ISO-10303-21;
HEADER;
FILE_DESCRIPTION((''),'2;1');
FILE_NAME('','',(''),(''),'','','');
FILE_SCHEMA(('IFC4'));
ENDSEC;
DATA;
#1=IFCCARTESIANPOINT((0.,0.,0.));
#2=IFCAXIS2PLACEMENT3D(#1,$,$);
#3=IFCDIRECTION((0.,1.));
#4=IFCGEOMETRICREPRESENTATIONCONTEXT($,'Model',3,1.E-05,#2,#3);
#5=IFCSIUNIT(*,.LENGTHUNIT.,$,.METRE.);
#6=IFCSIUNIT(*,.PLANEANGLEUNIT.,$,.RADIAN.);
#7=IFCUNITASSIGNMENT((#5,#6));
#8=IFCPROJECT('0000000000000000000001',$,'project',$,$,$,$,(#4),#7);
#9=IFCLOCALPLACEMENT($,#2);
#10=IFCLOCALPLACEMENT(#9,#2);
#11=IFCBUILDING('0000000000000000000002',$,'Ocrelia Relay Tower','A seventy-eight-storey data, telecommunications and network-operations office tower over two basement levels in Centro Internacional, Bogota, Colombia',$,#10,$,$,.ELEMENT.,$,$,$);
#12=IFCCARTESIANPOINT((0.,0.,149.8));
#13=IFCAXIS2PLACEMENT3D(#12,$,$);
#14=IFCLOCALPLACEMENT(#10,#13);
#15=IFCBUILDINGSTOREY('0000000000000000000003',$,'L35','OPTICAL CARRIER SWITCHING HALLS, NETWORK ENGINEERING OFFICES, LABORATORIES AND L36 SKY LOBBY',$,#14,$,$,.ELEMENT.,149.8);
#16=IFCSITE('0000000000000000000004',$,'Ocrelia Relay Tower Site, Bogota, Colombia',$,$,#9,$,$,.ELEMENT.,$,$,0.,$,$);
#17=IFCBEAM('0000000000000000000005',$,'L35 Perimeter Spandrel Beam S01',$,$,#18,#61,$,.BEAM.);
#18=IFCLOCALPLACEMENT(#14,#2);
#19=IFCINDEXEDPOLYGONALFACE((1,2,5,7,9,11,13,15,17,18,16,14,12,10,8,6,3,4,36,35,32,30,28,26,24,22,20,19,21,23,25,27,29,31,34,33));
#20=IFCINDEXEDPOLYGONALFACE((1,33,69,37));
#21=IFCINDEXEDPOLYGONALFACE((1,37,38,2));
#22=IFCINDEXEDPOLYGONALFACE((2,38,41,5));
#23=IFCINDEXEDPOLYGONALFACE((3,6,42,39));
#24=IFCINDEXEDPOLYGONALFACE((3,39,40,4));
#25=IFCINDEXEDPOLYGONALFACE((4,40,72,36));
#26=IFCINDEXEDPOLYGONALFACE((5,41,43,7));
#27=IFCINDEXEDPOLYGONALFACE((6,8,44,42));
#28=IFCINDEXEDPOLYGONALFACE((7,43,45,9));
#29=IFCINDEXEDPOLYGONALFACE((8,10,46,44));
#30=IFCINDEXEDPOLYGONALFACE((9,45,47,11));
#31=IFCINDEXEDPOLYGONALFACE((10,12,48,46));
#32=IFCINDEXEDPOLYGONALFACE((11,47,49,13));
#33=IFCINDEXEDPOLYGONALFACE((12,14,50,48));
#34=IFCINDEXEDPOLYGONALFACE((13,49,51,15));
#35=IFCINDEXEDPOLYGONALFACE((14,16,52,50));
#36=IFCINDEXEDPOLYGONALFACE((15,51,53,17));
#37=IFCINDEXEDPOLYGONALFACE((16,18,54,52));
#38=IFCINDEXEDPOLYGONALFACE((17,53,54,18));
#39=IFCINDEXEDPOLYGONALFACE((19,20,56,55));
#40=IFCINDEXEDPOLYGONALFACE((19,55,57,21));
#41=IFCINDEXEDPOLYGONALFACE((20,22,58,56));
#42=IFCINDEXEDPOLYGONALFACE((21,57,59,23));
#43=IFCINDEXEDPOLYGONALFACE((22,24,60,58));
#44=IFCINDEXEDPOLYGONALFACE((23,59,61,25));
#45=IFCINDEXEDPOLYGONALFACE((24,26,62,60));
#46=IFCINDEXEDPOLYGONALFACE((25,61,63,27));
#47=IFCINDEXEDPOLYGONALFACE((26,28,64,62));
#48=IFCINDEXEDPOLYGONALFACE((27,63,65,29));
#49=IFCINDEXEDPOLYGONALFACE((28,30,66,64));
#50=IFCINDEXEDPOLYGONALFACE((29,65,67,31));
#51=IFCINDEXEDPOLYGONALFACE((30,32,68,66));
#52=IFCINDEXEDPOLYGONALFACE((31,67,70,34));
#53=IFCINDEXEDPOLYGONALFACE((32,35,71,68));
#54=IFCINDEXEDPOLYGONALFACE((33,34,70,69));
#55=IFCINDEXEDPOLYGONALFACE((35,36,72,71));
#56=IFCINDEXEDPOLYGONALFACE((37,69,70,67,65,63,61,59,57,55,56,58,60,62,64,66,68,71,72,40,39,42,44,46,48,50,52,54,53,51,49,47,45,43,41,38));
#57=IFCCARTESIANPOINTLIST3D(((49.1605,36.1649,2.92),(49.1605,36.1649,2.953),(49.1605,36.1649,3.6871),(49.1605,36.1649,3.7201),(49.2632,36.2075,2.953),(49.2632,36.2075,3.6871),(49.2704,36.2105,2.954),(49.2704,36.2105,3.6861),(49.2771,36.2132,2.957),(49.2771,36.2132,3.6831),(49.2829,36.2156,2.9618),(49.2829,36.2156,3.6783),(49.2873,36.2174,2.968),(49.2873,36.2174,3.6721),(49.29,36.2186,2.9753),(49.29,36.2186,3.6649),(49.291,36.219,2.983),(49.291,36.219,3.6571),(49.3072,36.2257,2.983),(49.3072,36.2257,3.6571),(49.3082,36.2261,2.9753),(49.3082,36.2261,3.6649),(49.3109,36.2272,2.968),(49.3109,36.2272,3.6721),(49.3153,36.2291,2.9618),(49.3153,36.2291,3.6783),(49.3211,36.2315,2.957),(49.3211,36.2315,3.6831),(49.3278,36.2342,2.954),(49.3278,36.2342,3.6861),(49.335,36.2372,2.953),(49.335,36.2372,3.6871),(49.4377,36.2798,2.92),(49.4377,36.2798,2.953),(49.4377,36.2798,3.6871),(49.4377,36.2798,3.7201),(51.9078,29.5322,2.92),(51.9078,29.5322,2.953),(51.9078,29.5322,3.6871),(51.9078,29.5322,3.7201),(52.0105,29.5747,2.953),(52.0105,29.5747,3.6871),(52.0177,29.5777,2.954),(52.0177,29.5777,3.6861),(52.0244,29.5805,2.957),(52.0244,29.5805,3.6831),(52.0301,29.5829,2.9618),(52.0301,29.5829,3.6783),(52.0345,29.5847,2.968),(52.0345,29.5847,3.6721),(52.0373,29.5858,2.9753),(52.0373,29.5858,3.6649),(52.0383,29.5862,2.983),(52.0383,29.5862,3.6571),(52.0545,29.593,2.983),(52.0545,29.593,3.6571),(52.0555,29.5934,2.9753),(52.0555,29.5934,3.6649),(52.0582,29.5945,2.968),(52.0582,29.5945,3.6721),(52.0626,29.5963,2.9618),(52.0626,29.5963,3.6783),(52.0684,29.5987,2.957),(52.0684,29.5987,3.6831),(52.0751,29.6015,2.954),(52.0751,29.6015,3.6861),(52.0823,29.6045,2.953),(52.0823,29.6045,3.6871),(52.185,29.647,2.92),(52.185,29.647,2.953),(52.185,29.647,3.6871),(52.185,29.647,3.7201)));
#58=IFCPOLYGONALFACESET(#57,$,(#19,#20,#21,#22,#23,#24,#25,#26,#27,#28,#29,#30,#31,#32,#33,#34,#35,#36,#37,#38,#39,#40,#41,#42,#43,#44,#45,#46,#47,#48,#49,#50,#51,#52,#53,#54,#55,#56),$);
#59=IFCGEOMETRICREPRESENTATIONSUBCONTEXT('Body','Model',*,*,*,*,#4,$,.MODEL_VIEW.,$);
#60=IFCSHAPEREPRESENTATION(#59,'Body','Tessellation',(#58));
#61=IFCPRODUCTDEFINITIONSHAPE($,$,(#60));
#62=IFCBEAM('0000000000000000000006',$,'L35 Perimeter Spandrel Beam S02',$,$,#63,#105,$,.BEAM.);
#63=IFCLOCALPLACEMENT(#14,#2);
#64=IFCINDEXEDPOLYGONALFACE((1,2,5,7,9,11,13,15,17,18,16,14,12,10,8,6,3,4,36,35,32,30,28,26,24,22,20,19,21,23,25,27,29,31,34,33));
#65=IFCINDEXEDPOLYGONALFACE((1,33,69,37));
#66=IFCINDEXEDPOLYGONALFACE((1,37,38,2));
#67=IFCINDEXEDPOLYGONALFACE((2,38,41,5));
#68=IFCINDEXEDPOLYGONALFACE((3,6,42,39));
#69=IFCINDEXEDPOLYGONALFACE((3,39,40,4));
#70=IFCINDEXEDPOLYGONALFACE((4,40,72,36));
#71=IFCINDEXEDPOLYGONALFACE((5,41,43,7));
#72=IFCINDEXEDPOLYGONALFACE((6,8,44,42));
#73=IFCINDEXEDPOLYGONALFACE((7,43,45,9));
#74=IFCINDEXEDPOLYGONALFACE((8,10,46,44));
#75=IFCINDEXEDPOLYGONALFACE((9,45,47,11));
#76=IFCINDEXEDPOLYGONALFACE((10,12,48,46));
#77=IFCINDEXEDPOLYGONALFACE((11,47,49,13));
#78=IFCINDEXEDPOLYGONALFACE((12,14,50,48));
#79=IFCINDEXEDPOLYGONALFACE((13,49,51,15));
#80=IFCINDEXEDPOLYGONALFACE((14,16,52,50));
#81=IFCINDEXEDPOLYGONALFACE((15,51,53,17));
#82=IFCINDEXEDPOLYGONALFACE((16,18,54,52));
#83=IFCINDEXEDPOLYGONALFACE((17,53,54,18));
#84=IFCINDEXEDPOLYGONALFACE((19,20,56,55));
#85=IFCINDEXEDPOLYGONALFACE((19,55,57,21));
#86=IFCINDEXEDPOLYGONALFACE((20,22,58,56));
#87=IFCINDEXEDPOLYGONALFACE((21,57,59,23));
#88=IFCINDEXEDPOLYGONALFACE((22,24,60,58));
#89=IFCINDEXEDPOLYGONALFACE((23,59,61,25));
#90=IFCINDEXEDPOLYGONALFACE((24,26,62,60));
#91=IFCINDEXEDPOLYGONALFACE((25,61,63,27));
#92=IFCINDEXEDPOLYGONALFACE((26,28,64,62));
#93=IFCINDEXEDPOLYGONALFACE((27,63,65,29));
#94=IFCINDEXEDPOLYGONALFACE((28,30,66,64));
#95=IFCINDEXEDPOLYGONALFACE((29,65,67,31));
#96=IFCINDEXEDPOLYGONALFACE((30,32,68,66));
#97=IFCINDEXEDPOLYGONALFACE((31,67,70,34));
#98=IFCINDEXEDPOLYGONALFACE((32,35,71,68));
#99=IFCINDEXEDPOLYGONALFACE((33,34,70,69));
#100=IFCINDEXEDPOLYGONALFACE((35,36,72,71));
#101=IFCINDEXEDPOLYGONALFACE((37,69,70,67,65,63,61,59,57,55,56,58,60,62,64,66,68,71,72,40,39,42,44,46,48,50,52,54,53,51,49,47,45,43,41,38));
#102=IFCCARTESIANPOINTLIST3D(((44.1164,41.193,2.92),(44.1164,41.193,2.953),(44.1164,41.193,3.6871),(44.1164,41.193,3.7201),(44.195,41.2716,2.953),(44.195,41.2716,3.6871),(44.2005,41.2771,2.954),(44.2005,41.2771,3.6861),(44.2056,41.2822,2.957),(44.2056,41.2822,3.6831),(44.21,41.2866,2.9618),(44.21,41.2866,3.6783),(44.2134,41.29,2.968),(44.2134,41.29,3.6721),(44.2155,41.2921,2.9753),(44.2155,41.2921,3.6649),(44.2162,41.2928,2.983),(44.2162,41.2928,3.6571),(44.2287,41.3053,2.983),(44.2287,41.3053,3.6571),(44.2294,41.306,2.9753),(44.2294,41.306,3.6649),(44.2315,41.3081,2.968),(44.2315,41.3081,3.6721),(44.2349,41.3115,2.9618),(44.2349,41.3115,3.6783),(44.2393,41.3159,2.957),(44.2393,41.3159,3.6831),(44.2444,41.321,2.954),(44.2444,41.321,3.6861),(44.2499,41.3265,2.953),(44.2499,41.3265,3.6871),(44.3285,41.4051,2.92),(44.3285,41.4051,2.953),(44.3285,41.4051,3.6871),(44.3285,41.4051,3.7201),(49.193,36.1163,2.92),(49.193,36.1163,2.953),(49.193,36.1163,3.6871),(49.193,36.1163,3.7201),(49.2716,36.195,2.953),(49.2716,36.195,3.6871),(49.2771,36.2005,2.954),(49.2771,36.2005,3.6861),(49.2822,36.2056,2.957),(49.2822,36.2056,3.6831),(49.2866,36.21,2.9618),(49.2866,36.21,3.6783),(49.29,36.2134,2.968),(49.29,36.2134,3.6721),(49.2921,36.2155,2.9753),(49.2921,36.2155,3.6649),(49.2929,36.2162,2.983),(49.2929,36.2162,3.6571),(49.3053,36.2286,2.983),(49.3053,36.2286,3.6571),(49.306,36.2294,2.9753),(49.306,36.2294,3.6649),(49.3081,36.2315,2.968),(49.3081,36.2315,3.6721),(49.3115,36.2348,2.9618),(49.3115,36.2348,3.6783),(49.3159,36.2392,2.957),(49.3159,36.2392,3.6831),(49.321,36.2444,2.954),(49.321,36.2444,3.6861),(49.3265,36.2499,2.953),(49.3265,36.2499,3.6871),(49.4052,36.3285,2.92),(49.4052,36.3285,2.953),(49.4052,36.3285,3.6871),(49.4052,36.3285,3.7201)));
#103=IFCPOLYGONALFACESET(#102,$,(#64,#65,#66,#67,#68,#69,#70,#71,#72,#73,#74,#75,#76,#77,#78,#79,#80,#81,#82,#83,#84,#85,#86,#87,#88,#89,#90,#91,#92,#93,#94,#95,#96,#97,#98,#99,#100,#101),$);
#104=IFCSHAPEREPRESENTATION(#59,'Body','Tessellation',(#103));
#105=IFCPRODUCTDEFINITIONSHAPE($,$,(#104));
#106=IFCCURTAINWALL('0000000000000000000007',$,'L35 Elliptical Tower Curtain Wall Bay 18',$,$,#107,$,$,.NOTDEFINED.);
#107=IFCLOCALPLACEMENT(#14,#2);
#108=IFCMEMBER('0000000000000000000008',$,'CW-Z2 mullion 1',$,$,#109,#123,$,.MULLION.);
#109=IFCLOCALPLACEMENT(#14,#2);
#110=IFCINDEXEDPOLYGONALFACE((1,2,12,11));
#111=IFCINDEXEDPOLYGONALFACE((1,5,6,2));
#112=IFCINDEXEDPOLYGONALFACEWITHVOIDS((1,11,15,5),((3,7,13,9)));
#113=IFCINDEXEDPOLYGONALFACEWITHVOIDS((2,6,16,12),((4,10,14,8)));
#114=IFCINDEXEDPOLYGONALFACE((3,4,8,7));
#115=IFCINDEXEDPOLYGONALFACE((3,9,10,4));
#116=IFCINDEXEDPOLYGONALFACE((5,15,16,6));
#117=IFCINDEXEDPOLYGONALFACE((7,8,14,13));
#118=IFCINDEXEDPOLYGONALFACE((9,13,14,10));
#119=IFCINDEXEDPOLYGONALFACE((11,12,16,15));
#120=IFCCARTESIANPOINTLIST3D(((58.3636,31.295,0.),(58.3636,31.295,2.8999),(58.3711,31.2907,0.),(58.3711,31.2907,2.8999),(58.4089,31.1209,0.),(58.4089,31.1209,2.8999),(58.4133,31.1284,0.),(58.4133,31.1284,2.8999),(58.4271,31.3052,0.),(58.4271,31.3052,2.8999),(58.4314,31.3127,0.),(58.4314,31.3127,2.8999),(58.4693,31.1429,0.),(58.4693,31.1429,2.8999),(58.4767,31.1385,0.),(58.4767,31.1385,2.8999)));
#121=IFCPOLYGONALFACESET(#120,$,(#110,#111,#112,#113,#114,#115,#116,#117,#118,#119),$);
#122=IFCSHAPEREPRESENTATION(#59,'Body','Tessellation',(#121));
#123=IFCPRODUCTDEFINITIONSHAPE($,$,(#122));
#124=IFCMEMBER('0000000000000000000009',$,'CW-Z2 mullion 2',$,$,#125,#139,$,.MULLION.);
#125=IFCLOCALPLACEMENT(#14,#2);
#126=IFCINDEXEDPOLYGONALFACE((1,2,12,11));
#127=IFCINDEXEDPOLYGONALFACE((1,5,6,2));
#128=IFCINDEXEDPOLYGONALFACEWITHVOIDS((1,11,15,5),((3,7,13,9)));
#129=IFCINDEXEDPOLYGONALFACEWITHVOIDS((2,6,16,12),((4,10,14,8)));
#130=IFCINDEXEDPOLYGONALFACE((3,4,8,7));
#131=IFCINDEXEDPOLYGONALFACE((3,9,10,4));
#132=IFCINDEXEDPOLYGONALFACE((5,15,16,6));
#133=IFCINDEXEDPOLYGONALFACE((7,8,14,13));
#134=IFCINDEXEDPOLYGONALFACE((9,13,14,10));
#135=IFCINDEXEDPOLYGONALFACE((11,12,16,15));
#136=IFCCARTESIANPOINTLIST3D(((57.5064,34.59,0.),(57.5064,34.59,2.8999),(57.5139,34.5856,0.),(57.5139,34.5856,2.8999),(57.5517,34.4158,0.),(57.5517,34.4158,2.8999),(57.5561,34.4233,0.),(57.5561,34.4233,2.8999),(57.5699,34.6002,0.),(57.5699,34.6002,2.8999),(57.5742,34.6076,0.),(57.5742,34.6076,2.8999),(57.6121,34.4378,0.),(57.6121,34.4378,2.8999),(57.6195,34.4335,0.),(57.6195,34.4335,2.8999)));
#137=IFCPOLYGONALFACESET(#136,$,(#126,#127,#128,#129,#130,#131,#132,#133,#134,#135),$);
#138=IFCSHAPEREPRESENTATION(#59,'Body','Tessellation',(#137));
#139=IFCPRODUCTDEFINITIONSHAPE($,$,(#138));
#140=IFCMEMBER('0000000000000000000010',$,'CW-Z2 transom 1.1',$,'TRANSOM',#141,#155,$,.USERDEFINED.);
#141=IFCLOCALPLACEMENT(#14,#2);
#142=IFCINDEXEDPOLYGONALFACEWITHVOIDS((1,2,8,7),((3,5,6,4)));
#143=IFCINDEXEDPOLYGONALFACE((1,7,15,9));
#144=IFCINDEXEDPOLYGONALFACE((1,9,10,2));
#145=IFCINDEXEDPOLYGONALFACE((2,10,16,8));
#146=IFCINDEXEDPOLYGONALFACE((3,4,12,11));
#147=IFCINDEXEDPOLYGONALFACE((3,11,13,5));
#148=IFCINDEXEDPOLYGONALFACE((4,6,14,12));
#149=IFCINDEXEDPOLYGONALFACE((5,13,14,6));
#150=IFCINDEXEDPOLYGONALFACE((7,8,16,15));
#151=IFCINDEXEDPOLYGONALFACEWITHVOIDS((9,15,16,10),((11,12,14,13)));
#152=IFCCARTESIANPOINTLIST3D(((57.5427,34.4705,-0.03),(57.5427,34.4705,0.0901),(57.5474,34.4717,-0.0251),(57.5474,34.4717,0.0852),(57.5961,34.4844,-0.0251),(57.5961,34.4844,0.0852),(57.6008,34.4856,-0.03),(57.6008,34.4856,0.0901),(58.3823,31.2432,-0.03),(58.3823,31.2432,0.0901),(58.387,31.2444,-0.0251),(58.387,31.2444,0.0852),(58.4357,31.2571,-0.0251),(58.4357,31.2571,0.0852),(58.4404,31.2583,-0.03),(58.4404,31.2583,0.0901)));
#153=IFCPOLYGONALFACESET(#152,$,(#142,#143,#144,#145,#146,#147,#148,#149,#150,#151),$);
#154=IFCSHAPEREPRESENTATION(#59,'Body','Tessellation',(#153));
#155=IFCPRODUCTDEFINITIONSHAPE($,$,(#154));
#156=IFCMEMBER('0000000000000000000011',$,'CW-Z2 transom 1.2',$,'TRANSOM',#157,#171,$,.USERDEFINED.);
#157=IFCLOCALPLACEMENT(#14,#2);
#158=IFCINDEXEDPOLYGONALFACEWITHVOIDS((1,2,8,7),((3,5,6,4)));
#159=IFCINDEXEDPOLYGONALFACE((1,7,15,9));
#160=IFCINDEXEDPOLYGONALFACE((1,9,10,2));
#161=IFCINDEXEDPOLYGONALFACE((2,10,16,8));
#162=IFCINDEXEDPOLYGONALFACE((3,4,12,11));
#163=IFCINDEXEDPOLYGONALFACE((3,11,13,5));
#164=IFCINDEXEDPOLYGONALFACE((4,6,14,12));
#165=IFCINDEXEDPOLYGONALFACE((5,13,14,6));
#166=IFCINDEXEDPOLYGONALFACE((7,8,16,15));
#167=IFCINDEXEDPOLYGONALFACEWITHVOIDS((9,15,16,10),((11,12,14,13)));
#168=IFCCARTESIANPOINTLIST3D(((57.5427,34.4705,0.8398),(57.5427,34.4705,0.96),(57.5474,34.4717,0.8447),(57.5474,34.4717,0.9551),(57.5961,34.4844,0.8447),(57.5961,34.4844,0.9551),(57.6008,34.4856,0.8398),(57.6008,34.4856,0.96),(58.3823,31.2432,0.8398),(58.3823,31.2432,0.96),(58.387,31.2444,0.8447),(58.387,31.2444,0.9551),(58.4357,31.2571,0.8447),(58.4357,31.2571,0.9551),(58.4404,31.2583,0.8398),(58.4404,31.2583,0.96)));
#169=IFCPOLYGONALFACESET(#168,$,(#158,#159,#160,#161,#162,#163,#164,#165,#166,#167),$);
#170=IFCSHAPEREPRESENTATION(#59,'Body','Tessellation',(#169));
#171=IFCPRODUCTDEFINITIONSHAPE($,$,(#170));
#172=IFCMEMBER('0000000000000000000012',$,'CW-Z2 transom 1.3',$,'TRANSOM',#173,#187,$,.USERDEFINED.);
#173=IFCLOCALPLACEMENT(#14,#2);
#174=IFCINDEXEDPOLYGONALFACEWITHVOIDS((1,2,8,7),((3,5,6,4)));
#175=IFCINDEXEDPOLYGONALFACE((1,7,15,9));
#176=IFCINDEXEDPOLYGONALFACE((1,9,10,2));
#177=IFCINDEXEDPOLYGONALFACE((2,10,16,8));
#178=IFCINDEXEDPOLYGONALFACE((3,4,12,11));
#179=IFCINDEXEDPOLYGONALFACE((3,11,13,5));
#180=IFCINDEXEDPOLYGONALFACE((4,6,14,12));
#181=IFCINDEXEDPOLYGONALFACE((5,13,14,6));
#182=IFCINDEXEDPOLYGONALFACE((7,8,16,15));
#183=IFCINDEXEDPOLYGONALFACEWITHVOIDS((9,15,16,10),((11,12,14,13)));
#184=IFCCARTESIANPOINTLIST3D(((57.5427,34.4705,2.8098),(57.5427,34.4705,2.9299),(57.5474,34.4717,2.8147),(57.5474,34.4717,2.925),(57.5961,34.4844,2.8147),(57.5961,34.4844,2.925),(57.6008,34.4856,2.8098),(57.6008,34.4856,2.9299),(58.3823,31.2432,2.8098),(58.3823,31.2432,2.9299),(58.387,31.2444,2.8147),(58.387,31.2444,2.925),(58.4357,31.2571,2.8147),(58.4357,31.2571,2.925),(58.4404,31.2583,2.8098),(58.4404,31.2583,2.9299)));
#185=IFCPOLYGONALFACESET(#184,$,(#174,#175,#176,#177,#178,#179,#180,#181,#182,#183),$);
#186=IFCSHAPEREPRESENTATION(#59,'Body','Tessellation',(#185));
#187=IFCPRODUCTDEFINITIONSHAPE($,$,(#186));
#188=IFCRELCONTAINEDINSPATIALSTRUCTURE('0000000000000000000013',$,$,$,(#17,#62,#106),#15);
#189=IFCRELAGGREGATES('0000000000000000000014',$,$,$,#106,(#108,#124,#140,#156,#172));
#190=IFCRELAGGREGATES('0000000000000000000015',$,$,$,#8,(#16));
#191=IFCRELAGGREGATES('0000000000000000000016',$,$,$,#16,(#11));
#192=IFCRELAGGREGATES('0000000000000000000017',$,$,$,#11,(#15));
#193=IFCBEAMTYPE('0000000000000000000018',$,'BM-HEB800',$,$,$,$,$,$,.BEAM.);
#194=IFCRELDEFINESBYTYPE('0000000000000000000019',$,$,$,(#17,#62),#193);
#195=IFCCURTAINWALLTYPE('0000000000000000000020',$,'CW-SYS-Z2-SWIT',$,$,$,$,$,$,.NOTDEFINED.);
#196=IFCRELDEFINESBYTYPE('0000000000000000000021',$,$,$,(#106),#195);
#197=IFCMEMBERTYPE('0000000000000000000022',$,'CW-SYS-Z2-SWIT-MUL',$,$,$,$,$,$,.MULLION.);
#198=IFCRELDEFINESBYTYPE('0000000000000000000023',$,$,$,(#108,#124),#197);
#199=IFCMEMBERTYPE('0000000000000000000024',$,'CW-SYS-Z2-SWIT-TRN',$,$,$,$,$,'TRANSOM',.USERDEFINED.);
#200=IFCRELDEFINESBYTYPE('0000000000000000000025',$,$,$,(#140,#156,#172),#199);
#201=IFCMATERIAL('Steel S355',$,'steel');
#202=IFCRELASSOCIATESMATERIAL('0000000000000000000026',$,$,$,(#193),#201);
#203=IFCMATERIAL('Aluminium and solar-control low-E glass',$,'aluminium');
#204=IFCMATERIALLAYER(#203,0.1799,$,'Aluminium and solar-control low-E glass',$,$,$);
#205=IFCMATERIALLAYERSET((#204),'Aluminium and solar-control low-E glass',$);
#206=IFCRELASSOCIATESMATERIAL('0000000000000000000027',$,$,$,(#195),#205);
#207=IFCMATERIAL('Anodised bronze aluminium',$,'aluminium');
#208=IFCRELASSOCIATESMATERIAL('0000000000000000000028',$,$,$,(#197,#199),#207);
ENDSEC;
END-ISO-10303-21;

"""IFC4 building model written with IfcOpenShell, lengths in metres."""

from ifc_helpers import new_model, si_unit, direction, frame, origin, origin_2d, place, context, subcontext, project, spatial, hollow_rectangle, i_section, extrude, material, layer, layer_set, material_profile, profile_set, type_object, element, aggregate, save


model = new_model("IFC4")

# Units and contexts
model_context = context("Model", 3, precision=1e-05, world=origin(), true_north=direction((0.0, 1.0)))
body_context = subcontext(model_context, "Body", "Model", "MODEL_VIEW")
ifc_project = project(units=[si_unit("LENGTHUNIT", "METRE"), si_unit("PLANEANGLEUNIT", "RADIAN")], contexts=[model_context])

# Site, building, storey
site_placement = place(None, origin())
site = spatial("IfcSite", under=ifc_project, at=site_placement, Name="Ocrelia Relay Tower Site, Bogota, Colombia", CompositionType="ELEMENT", RefElevation=0.0)
building_placement = place(site_placement, origin())
building = spatial("IfcBuilding", under=site, at=building_placement, Name="Ocrelia Relay Tower", Description="A seventy-eight-storey data, telecommunications and network-operations office tower over two basement levels in Centro Internacional, Bogota, Colombia", CompositionType="ELEMENT")
storey_placement = place(building_placement, frame((0.0, 0.0, 149.8)))
storey = spatial("IfcBuildingStorey", under=building, at=storey_placement, Name="L35", Description="OPTICAL CARRIER SWITCHING HALLS, NETWORK ENGINEERING OFFICES, LABORATORIES AND L36 SKY LOBBY", CompositionType="ELEMENT", Elevation=149.8)

# Beams
ifc_material_1 = material(Name="Steel S355", Category="steel")
ifc_material_profile_1 = material_profile(ifc_material_1, i_section(OverallWidth=0.3, OverallDepth=0.8, WebThickness=0.0176, FlangeThickness=0.033, FilletRadius=0.03, at=origin_2d()), Name="HEB 800")
ifc_profile_set_1 = profile_set([ifc_material_profile_1], Name="Steel S355")
beam_type_1 = type_object("IfcBeamType", Name="BM-HEB800", PredefinedType="BEAM", material=ifc_profile_set_1)
beam_1_placement = place(storey_placement, frame((52.0464, 29.5896, 3.3201), z_axis=(-0.382673, 0.923884, 0.0), x_axis=(-0.923884, -0.382673, 0.0)))
element("IfcBeam", 1, at=beam_1_placement, inside=storey, type_object=beam_type_1, Name="L35 Perimeter Spandrel Beam S01", PredefinedType="BEAM", context=body_context, shape_type="SweptSolid", body=[
    extrude(i_section(OverallWidth=0.3, OverallDepth=0.8, WebThickness=0.0176, FlangeThickness=0.033, FilletRadius=0.03, at=origin_2d()), origin(), (0.0, 0.0, 1.0), 7.1792),
])
beam_2_placement = place(storey_placement, frame((49.2991, 36.2224, 3.3201), z_axis=(-0.707107, 0.707107, 0.0), x_axis=(-0.707107, -0.707107, 0.0)))
element("IfcBeam", 2, at=beam_2_placement, inside=storey, type_object=beam_type_1, Name="L35 Perimeter Spandrel Beam S02", PredefinedType="BEAM", context=body_context, shape_type="SweptSolid", body=[
    extrude(i_section(OverallWidth=0.3, OverallDepth=0.8, WebThickness=0.0176, FlangeThickness=0.033, FilletRadius=0.03, at=origin_2d()), origin(), (0.0, 0.0, 1.0), 7.1794),
])

# Curtain wall, members
ifc_material_2 = material(Name="Aluminium and solar-control low-E glass", Category="aluminium")
ifc_layer_1 = layer(ifc_material_2, 0.1799, Name="Aluminium and solar-control low-E glass")
ifc_layer_set_1 = layer_set([ifc_layer_1], Name="Aluminium and solar-control low-E glass")
curtain_wall_type = type_object("IfcCurtainWallType", Name="CW-SYS-Z2-SWIT", PredefinedType="NOTDEFINED", material=ifc_layer_set_1)
curtain_wall_placement = place(storey_placement, origin())
curtain_wall = element("IfcCurtainWall", 3, at=curtain_wall_placement, inside=storey, type_object=curtain_wall_type, Name="L35 Elliptical Tower Curtain Wall Bay 18", PredefinedType="NOTDEFINED")
ifc_material_3 = material(Name="Anodised bronze aluminium", Category="aluminium")
ifc_material_profile_2 = material_profile(ifc_material_3, hollow_rectangle(XDim=0.0701, YDim=0.1799, WallThickness=0.0061, at=origin_2d()), Name="CW-MUL-180x70")
ifc_profile_set_2 = profile_set([ifc_material_profile_2], Name="Anodised bronze aluminium")
member_type_1 = type_object("IfcMemberType", Name="CW-SYS-Z2-SWIT-MUL", PredefinedType="MULLION", material=ifc_profile_set_2)
member_1_placement = place(storey_placement, frame((58.4202, 31.2168, 0.0), z_axis=(0.0, 0.0, 1.0), x_axis=(-0.967797, -0.251732, 0.0)))
member_1 = element("IfcMember", 4, at=member_1_placement, type_object=member_type_1, Name="CW-Z2 mullion 1", PredefinedType="MULLION", context=body_context, shape_type="SweptSolid", body=[
    extrude(hollow_rectangle(XDim=0.0701, YDim=0.1799, WallThickness=0.0061, at=origin_2d()), origin(), (0.0, 0.0, 1.0), 2.8999),
])
member_2_placement = place(storey_placement, frame((57.563, 34.5117, 0.0), z_axis=(0.0, 0.0, 1.0), x_axis=(-0.967797, -0.251732, 0.0)))
member_2 = element("IfcMember", 5, at=member_2_placement, type_object=member_type_1, Name="CW-Z2 mullion 2", PredefinedType="MULLION", context=body_context, shape_type="SweptSolid", body=[
    extrude(hollow_rectangle(XDim=0.0701, YDim=0.1799, WallThickness=0.0061, at=origin_2d()), origin(), (0.0, 0.0, 1.0), 2.8999),
])
ifc_material_profile_3 = material_profile(ifc_material_3, hollow_rectangle(XDim=0.0601, YDim=0.1201, WallThickness=0.0049, at=origin_2d()), Name="CW-TRN-120x60")
ifc_profile_set_3 = profile_set([ifc_material_profile_3], Name="Anodised bronze aluminium")
member_type_2 = type_object("IfcMemberType", Name="CW-SYS-Z2-SWIT-TRN", ElementType="TRANSOM", PredefinedType="USERDEFINED", material=ifc_profile_set_3)
member_3_placement = place(storey_placement, frame((58.4114, 31.2507, 0.03), z_axis=(-0.251775, 0.967786, 0.0), x_axis=(-0.967786, -0.251775, 0.0)))
member_3 = element("IfcMember", 6, at=member_3_placement, type_object=member_type_2, Name="CW-Z2 transom 1.1", ObjectType="TRANSOM", PredefinedType="USERDEFINED", context=body_context, shape_type="SweptSolid", body=[
    extrude(hollow_rectangle(XDim=0.0601, YDim=0.1201, WallThickness=0.0049, at=origin_2d()), origin(), (0.0, 0.0, 1.0), 3.3347),
])
member_4_placement = place(storey_placement, frame((58.4114, 31.2507, 0.8999), z_axis=(-0.251775, 0.967786, 0.0), x_axis=(-0.967786, -0.251775, 0.0)))
member_4 = element("IfcMember", 7, at=member_4_placement, type_object=member_type_2, Name="CW-Z2 transom 1.2", ObjectType="TRANSOM", PredefinedType="USERDEFINED", context=body_context, shape_type="SweptSolid", body=[
    extrude(hollow_rectangle(XDim=0.0601, YDim=0.1201, WallThickness=0.0049, at=origin_2d()), origin(), (0.0, 0.0, 1.0), 3.3347),
])
member_5_placement = place(storey_placement, frame((58.4114, 31.2507, 2.8699), z_axis=(-0.251775, 0.967786, 0.0), x_axis=(-0.967786, -0.251775, 0.0)))
member_5 = element("IfcMember", 8, at=member_5_placement, type_object=member_type_2, Name="CW-Z2 transom 1.3", ObjectType="TRANSOM", PredefinedType="USERDEFINED", context=body_context, shape_type="SweptSolid", body=[
    extrude(hollow_rectangle(XDim=0.0601, YDim=0.1201, WallThickness=0.0049, at=origin_2d()), origin(), (0.0, 0.0, 1.0), 3.3347),
])
aggregate(curtain_wall, [member_1, member_2, member_3, member_4, member_5])

save(model, "model.ifc")
